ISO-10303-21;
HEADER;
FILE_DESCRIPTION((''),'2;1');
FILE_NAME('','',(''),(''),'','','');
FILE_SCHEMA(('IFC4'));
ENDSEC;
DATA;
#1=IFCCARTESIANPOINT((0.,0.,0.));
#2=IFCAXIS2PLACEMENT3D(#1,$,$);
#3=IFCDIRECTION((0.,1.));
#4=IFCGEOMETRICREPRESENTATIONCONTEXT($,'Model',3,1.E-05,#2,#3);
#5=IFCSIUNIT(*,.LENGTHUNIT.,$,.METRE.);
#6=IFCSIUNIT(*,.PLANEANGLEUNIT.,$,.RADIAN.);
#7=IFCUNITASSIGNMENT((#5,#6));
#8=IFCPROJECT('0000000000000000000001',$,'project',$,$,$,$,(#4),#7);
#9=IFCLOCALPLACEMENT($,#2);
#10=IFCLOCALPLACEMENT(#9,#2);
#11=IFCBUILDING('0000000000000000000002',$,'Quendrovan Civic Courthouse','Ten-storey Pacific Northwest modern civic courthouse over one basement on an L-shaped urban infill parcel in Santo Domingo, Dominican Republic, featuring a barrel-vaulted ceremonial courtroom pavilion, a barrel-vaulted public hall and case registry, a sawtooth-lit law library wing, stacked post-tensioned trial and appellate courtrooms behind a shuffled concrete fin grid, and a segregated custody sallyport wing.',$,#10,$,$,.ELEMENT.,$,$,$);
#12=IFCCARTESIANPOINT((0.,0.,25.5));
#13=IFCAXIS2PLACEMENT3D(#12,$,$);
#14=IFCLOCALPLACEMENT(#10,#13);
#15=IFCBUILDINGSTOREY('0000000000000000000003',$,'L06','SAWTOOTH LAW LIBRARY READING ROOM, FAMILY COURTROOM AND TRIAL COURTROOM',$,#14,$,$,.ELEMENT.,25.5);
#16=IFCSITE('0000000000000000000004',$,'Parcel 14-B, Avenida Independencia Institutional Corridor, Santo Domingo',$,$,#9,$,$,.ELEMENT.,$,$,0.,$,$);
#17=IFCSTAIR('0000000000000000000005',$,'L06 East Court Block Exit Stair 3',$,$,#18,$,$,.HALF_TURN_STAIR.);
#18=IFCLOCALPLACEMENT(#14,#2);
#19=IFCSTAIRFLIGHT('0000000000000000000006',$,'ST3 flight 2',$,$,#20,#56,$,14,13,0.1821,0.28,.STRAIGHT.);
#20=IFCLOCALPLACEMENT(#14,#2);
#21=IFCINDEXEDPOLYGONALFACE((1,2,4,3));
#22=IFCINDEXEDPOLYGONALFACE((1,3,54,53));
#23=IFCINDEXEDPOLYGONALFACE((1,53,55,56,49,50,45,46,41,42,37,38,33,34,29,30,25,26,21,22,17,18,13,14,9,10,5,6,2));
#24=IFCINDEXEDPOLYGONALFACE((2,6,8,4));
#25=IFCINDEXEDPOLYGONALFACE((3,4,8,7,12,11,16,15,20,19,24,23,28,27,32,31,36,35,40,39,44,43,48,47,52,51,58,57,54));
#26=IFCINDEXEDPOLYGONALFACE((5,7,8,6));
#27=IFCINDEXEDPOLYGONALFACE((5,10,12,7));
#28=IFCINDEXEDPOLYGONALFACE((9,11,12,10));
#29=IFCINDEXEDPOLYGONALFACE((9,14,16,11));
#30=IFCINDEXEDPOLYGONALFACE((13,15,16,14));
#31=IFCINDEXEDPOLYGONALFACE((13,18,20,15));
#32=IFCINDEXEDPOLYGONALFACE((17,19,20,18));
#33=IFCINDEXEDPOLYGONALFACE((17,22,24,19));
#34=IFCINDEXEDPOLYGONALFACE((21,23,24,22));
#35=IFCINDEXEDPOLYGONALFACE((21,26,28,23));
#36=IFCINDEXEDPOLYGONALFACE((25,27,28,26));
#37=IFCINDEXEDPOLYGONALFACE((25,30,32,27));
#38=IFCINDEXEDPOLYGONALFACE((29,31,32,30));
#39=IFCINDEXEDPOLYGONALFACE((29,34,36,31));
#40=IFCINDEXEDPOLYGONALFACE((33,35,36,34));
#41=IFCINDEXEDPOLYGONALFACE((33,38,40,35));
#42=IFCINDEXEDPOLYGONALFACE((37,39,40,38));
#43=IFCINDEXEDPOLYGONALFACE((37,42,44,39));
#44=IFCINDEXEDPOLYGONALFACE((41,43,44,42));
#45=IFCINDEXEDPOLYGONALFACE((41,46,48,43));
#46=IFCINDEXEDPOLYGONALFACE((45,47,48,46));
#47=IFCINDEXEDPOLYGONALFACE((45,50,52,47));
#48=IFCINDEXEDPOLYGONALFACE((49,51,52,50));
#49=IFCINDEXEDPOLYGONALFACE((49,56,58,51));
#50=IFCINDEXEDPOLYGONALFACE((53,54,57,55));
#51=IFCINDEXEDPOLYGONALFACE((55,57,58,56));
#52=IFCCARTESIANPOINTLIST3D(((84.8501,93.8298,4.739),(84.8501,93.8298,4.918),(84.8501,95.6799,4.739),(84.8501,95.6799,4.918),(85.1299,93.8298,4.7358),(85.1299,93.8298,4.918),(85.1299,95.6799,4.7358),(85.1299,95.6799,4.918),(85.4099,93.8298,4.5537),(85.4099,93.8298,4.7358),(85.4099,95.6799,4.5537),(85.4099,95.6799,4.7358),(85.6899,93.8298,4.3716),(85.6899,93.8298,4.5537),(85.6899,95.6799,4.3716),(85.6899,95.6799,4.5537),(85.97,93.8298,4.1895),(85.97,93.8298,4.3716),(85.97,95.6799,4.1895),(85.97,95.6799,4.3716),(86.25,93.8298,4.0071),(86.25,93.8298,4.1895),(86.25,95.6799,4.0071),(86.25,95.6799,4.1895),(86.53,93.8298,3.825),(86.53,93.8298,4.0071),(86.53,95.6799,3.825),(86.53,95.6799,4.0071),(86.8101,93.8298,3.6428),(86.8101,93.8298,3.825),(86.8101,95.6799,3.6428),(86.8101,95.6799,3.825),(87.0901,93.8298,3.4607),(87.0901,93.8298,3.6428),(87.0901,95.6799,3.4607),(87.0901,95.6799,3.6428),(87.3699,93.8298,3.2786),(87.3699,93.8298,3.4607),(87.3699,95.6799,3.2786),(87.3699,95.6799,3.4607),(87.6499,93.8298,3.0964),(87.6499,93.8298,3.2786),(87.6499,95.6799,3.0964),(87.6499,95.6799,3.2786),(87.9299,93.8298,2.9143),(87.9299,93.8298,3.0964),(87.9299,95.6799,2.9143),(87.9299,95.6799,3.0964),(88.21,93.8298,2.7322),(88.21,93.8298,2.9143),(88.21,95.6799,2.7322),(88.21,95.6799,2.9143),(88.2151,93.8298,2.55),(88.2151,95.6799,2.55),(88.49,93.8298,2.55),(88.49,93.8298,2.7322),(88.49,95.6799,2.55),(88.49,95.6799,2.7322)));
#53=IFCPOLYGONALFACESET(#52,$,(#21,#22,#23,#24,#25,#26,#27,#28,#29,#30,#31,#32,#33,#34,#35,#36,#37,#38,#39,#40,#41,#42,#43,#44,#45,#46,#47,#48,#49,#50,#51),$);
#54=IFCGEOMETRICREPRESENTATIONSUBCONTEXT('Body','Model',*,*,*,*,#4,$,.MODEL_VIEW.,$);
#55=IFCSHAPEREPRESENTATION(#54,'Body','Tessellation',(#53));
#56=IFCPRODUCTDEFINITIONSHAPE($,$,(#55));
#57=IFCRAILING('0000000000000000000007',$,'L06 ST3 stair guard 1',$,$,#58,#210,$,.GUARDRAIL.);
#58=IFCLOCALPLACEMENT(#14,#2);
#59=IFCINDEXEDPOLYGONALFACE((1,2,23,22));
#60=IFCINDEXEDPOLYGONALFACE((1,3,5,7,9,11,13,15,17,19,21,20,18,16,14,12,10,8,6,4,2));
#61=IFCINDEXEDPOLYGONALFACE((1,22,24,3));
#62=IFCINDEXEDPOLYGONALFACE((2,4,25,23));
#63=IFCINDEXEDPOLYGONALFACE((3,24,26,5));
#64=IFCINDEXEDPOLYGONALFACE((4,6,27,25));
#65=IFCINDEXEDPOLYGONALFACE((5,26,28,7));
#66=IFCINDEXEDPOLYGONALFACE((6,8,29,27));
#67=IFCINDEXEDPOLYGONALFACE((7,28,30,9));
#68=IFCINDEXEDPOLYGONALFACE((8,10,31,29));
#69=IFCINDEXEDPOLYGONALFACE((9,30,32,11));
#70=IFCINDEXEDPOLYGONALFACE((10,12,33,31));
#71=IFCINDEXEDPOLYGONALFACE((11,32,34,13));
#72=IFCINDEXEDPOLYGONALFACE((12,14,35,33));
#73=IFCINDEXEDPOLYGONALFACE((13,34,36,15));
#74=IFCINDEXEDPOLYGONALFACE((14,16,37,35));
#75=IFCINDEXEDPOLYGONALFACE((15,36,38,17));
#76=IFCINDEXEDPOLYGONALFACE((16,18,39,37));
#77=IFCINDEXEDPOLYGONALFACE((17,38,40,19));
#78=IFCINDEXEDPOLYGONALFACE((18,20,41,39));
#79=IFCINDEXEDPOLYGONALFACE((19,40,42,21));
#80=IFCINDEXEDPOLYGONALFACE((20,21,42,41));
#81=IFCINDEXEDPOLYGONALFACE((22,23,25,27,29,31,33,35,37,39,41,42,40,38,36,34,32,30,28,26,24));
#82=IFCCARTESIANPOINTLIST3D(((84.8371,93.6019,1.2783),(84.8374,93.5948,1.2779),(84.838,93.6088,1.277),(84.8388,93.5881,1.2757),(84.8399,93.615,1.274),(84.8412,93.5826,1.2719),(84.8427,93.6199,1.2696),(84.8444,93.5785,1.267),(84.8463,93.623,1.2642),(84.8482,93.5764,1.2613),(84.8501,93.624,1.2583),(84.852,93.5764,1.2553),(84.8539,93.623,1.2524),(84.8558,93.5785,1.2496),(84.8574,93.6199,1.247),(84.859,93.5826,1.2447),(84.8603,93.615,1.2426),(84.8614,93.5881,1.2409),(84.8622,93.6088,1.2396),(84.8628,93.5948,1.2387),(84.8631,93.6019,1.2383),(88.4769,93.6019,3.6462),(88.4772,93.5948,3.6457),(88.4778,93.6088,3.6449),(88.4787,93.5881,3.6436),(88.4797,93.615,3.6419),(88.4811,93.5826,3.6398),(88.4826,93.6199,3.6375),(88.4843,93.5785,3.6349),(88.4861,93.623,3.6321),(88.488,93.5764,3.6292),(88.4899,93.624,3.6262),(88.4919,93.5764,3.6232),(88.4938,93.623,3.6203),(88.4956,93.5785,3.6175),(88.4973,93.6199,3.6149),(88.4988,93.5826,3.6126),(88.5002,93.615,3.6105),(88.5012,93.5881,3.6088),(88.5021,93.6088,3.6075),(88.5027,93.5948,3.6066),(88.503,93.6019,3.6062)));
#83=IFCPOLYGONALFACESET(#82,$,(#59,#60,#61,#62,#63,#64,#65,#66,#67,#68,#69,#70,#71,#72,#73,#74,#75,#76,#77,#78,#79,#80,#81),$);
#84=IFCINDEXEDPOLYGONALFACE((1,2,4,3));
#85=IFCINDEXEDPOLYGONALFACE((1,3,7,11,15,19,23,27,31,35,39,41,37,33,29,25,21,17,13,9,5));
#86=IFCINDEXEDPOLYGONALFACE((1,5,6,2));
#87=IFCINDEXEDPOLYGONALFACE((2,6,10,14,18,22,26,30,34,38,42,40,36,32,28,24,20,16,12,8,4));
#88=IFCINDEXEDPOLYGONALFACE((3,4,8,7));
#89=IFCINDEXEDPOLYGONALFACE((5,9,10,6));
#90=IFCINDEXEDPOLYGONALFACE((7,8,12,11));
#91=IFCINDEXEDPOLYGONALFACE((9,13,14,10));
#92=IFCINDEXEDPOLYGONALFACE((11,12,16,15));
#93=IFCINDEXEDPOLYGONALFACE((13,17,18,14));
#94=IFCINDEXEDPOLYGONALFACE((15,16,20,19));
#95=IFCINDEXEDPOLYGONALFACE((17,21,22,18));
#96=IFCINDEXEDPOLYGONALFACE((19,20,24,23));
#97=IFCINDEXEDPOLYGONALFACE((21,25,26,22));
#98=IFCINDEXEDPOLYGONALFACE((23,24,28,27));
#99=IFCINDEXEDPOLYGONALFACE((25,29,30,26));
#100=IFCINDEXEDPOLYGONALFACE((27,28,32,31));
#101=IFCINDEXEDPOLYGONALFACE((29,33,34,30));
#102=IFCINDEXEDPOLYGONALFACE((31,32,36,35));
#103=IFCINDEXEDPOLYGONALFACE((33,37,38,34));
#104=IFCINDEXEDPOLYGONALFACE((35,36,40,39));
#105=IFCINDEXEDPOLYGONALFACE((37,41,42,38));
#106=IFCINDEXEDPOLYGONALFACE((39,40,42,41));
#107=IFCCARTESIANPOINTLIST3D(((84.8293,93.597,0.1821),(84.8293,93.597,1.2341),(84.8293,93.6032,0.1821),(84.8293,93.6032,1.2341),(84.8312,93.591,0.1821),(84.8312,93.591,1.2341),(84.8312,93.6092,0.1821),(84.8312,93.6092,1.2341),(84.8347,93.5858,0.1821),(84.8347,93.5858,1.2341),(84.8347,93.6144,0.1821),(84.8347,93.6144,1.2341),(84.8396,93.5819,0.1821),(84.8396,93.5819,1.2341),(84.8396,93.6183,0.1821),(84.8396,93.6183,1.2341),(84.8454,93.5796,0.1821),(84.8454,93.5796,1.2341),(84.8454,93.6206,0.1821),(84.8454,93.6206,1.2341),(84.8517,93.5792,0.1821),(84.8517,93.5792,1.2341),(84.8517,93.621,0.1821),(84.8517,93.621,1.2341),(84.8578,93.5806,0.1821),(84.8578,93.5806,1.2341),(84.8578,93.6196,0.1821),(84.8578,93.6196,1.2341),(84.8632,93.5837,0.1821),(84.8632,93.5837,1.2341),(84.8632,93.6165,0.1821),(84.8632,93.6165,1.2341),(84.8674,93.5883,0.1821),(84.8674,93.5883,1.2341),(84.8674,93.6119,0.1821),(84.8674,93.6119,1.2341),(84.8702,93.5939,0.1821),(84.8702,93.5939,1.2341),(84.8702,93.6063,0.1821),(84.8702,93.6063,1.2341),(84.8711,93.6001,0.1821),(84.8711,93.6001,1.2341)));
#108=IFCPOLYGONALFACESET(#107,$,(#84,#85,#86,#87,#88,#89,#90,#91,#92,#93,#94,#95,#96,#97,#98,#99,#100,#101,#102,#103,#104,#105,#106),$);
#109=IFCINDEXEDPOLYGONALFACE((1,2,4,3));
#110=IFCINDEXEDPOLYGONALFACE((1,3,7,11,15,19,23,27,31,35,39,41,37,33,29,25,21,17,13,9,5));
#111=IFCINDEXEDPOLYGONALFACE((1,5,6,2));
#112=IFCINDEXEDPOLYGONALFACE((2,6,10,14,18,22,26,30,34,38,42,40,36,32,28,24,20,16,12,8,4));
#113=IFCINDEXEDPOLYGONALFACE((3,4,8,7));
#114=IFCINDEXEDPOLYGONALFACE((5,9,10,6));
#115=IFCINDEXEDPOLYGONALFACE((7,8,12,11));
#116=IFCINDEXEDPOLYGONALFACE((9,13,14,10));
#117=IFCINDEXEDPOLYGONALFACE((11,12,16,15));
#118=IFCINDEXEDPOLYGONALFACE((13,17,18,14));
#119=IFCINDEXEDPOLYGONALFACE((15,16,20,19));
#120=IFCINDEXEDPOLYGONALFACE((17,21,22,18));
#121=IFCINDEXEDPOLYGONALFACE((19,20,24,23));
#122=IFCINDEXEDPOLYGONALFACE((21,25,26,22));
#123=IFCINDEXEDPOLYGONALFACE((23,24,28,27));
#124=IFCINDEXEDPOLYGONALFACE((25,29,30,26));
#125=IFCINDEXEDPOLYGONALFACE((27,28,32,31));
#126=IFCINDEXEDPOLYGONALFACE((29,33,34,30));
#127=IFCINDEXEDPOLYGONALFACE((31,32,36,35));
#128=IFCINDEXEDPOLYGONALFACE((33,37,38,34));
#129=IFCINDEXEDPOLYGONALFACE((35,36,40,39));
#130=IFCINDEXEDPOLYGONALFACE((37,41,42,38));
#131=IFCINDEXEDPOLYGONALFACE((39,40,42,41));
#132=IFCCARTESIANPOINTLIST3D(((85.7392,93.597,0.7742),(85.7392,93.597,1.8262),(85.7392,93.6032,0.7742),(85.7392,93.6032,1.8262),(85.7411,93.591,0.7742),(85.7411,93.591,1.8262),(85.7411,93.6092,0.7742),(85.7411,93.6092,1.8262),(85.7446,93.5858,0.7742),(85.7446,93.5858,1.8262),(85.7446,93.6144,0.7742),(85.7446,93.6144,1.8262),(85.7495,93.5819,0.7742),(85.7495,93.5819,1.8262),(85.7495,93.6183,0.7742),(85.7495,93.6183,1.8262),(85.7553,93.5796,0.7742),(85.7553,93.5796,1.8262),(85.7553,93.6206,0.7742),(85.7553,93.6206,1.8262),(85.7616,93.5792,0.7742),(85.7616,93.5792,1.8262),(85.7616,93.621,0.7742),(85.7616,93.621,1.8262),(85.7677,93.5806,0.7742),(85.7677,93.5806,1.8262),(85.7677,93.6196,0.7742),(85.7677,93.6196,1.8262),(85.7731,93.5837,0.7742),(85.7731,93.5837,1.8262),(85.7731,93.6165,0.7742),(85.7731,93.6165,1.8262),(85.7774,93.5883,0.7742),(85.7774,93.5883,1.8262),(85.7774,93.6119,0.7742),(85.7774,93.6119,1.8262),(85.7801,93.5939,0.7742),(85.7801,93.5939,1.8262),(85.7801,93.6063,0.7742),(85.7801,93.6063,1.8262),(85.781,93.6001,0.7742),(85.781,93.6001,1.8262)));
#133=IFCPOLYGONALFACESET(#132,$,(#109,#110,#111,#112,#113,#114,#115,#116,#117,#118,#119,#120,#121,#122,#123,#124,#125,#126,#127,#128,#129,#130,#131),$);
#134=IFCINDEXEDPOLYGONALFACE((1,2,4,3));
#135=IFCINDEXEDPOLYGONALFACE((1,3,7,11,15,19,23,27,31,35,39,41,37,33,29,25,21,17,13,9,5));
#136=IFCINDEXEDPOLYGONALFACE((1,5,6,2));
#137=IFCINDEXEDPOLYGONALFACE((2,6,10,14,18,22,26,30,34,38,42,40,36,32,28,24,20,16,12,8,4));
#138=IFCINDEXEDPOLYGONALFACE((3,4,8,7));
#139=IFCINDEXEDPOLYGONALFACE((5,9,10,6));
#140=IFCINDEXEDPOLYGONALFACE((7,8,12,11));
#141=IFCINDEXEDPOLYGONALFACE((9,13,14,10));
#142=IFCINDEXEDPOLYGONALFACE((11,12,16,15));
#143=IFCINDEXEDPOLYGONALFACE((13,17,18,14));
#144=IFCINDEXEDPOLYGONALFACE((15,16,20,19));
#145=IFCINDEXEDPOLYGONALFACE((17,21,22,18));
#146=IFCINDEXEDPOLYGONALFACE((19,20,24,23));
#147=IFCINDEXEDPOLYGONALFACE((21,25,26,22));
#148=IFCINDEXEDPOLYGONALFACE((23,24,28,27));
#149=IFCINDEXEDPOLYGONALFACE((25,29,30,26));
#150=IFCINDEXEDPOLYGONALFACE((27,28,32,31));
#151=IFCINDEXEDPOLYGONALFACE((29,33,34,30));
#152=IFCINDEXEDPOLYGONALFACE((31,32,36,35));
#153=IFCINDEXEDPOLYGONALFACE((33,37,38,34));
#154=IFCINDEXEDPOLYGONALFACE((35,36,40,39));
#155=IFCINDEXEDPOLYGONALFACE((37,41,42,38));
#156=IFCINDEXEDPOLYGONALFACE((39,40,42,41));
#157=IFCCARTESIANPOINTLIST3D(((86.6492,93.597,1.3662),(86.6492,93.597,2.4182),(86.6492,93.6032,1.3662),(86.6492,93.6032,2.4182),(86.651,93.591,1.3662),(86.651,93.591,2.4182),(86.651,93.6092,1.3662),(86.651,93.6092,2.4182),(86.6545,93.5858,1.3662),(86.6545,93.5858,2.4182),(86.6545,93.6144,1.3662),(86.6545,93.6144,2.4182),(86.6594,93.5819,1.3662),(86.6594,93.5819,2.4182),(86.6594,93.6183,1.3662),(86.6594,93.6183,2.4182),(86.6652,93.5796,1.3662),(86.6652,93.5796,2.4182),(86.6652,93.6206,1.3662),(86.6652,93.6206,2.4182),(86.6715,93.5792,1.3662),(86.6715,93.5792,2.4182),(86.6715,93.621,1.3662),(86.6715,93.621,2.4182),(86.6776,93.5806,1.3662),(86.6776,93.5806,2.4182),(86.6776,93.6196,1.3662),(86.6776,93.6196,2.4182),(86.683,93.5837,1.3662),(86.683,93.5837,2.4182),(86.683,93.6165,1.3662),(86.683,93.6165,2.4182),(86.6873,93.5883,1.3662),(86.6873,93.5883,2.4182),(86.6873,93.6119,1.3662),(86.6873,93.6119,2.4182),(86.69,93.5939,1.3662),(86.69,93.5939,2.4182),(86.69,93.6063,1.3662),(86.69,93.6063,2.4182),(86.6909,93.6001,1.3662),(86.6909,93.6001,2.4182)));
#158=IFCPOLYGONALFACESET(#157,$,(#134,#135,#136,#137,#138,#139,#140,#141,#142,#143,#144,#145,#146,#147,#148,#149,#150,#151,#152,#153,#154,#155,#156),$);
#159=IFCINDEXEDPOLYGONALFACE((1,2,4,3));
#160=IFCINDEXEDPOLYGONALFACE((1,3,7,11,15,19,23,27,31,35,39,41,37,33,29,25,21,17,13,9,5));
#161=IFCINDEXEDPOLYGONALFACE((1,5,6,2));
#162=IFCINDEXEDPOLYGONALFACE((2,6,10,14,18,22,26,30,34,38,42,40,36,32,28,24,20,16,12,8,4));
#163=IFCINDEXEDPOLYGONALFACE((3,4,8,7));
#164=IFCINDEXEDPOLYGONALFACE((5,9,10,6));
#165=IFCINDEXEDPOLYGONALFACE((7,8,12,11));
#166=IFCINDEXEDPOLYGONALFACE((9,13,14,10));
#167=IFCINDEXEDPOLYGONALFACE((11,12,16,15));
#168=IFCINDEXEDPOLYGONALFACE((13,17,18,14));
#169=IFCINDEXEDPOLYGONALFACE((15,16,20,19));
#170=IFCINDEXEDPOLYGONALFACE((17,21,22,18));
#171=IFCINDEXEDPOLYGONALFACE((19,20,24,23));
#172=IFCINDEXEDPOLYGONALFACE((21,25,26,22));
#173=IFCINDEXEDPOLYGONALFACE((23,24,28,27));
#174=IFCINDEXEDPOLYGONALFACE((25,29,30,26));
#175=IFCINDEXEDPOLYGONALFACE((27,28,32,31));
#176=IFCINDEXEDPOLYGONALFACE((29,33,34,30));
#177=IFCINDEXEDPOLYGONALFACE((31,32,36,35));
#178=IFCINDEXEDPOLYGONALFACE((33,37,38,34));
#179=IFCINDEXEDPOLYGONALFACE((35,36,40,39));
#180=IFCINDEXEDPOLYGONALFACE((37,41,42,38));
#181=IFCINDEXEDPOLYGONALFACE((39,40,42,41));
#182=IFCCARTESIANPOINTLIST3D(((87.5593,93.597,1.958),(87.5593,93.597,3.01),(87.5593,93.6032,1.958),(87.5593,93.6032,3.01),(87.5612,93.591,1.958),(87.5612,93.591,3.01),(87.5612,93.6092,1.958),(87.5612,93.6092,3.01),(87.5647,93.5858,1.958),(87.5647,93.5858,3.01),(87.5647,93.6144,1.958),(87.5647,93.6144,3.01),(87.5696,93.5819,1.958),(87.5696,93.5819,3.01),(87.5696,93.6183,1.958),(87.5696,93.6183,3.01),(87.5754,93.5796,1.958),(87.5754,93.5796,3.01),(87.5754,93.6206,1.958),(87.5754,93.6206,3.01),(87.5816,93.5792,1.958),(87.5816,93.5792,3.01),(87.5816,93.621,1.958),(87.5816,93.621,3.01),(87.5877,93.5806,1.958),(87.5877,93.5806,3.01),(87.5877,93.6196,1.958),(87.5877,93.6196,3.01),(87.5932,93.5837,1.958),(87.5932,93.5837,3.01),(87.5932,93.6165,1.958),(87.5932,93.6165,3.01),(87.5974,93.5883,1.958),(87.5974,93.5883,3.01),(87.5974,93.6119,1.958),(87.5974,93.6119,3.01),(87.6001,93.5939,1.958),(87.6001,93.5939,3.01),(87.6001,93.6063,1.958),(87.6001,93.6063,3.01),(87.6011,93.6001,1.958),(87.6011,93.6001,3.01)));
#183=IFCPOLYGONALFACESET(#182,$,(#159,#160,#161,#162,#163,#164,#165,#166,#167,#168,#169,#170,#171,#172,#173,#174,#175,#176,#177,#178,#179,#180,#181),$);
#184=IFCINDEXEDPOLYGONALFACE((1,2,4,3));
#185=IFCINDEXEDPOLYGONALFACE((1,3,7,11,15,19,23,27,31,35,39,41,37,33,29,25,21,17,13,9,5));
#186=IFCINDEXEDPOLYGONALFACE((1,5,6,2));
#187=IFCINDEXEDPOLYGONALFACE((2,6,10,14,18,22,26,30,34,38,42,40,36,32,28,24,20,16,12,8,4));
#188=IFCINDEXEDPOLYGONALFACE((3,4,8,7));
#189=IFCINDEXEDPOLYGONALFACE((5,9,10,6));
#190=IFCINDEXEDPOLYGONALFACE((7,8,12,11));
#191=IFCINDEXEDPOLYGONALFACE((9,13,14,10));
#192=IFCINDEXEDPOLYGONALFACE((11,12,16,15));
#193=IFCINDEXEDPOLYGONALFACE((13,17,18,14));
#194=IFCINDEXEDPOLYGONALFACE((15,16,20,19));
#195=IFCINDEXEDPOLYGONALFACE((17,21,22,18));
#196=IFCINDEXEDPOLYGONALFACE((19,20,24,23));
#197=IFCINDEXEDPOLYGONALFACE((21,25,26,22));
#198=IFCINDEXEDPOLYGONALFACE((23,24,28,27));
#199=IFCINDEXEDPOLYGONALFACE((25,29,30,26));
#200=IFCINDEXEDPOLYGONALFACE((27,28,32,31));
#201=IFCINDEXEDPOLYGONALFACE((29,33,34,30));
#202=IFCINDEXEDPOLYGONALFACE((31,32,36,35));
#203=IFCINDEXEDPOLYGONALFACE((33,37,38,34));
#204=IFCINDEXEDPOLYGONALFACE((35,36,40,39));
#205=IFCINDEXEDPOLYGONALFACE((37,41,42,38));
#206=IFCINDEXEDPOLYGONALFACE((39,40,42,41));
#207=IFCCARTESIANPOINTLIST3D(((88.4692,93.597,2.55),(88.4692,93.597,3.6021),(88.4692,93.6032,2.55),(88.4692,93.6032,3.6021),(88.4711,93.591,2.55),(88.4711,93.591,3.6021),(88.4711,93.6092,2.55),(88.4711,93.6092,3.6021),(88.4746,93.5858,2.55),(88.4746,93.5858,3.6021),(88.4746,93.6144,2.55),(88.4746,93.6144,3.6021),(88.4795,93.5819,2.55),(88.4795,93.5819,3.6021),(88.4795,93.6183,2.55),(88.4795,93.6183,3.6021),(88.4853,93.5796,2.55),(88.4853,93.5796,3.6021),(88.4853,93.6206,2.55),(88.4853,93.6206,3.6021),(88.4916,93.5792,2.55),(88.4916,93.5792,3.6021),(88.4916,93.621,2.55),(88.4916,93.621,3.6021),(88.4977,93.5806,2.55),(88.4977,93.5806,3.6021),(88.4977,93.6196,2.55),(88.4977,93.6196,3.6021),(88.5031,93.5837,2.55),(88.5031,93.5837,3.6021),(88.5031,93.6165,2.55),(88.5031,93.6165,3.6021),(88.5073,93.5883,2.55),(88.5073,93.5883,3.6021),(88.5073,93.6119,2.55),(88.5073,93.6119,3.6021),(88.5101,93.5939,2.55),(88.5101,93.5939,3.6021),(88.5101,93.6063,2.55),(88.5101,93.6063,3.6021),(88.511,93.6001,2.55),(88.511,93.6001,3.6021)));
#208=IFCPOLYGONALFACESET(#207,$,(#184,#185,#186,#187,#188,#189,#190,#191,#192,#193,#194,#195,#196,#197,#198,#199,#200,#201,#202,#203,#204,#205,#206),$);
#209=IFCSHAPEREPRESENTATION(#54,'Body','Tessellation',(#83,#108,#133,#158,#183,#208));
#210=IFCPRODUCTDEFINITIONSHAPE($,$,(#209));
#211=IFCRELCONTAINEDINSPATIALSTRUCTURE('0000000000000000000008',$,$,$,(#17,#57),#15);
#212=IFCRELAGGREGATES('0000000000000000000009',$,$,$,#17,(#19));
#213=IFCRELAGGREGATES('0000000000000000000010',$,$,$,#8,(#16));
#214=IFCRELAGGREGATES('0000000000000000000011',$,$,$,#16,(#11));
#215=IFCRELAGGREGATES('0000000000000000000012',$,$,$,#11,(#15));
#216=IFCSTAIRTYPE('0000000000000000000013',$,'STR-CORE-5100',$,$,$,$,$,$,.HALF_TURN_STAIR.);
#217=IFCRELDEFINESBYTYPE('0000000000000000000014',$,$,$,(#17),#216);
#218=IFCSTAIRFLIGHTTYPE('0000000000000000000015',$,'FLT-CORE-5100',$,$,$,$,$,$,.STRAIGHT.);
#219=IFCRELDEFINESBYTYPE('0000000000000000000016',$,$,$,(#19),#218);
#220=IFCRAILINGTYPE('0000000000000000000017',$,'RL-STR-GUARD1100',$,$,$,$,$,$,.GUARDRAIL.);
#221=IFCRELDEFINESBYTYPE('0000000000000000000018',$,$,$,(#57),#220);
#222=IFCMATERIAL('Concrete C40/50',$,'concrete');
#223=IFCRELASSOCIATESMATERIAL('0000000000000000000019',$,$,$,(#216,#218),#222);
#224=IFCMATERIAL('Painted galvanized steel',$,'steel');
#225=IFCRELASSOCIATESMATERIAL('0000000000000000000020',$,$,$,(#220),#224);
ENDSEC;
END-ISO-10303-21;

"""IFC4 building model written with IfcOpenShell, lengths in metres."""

from ifc_helpers import new_model, si_unit, direction, frame, origin, origin_2d, place, context, subcontext, project, spatial, polyline, circle, outline, extrude, material, type_object, element, aggregate, save


model = new_model("IFC4")

# Units and contexts
model_context = context("Model", 3, precision=1e-05, world=origin(), true_north=direction((0.0, 1.0)))
body_context = subcontext(model_context, "Body", "Model", "MODEL_VIEW")
ifc_project = project(units=[si_unit("LENGTHUNIT", "METRE"), si_unit("PLANEANGLEUNIT", "RADIAN")], contexts=[model_context])

# Site, building, storey
site_placement = place(None, origin())
site = spatial("IfcSite", under=ifc_project, at=site_placement, Name="Parcel 14-B, Avenida Independencia Institutional Corridor, Santo Domingo", CompositionType="ELEMENT", RefElevation=0.0)
building_placement = place(site_placement, origin())
building = spatial("IfcBuilding", under=site, at=building_placement, Name="Quendrovan Civic Courthouse", Description="Ten-storey Pacific Northwest modern civic courthouse over one basement on an L-shaped urban infill parcel in Santo Domingo, Dominican Republic, featuring a barrel-vaulted ceremonial courtroom pavilion, a barrel-vaulted public hall and case registry, a sawtooth-lit law library wing, stacked post-tensioned trial and appellate courtrooms behind a shuffled concrete fin grid, and a segregated custody sallyport wing.", CompositionType="ELEMENT")
storey_placement = place(building_placement, frame((0.0, 0.0, 25.5)))
storey = spatial("IfcBuildingStorey", under=building, at=storey_placement, Name="L06", Description="SAWTOOTH LAW LIBRARY READING ROOM, FAMILY COURTROOM AND TRIAL COURTROOM", CompositionType="ELEMENT", Elevation=25.5)

# Shared definitions
ifc_material_1 = material(Name="Concrete C40/50", Category="concrete")

# Stair, stair flight
stair_type = type_object("IfcStairType", Name="STR-CORE-5100", PredefinedType="HALF_TURN_STAIR", material=ifc_material_1)
stair_placement = place(storey_placement, origin())
stair = element("IfcStair", 1, at=stair_placement, inside=storey, type_object=stair_type, Name="L06 East Court Block Exit Stair 3", PredefinedType="HALF_TURN_STAIR")
stair_flight_type = type_object("IfcStairFlightType", Name="FLT-CORE-5100", PredefinedType="STRAIGHT", material=ifc_material_1)
stair_flight_1_placement = place(storey_placement, frame((88.49, 94.7549, 2.55), z_axis=(0.0, 0.0, 1.0), x_axis=(-1.0, 0.0, 0.0)))
stair_flight_1 = element("IfcStairFlight", 2, at=stair_flight_1_placement, type_object=stair_flight_type, Name="ST3 flight 2", NumberOfRisers=14, NumberOfTreads=13, PredefinedType="STRAIGHT", RiserHeight=0.1821, TreadLength=0.28, context=body_context, shape_type="SweptSolid", body=[
    extrude(outline(polyline([(0.0, 0.0), (0.0, 0.1821), (0.28, 0.1821), (0.28, 0.3643), (0.5601, 0.3643), (0.5601, 0.5464), (0.8401, 0.5464), (0.8401, 0.7285), (1.1201, 0.7285), (1.1201, 0.9106), (1.3999, 0.9106), (1.3999, 1.0928), (1.6799, 1.0928), (1.6799, 1.2749), (1.96, 1.2749), (1.96, 1.457), (2.24, 1.457), (2.24, 1.6394), (2.52, 1.6394), (2.52, 1.8215), (2.8, 1.8215), (2.8, 2.0037), (3.0801, 2.0037), (3.0801, 2.1858), (3.3601, 2.1858), (3.3601, 2.3679), (3.6399, 2.3679), (3.6399, 2.55), (3.6399, 2.189), (0.2749, 0.0), (0.0, 0.0)])), frame((0.0, 0.925, 0.0), z_axis=(0.0, -1.0, 0.0), x_axis=(1.0, 0.0, 0.0)), (0.0, 0.0, 1.0), 1.8501),
])
aggregate(stair, [stair_flight_1])

# Railing
ifc_material_2 = material(Name="Painted galvanized steel", Category="steel")
railing_type_1 = type_object("IfcRailingType", Name="RL-STR-GUARD1100", PredefinedType="GUARDRAIL", material=ifc_material_2)
railing_1_placement = place(storey_placement, frame((84.8501, 93.6001, 0.1821)))
element("IfcRailing", 3, at=railing_1_placement, inside=storey, type_object=railing_type_1, Name="L06 ST3 stair guard 1", PredefinedType="GUARDRAIL", context=body_context, shape_type="SweptSolid", body=[
    extrude(circle(Radius=0.0239, at=origin_2d()), frame((0.0, 0.0, 1.0762), z_axis=(0.838234, 0.0, 0.54531), x_axis=(0.0, 1.0, 0.0)), (0.0, 0.0, 1.0), 4.3423),
    extrude(circle(Radius=0.021, at=origin_2d()), origin(), (0.0, 0.0, 1.0), 1.052),
    extrude(circle(Radius=0.021, at=origin_2d()), frame((0.9099, 0.0, 0.592)), (0.0, 0.0, 1.0), 1.052),
    extrude(circle(Radius=0.021, at=origin_2d()), frame((1.8198, 0.0, 1.1841)), (0.0, 0.0, 1.0), 1.052),
    extrude(circle(Radius=0.021, at=origin_2d()), frame((2.73, 0.0, 1.7759)), (0.0, 0.0, 1.0), 1.052),
    extrude(circle(Radius=0.021, at=origin_2d()), frame((3.6399, 0.0, 2.3679)), (0.0, 0.0, 1.0), 1.052),
])

save(model, "model.ifc")
